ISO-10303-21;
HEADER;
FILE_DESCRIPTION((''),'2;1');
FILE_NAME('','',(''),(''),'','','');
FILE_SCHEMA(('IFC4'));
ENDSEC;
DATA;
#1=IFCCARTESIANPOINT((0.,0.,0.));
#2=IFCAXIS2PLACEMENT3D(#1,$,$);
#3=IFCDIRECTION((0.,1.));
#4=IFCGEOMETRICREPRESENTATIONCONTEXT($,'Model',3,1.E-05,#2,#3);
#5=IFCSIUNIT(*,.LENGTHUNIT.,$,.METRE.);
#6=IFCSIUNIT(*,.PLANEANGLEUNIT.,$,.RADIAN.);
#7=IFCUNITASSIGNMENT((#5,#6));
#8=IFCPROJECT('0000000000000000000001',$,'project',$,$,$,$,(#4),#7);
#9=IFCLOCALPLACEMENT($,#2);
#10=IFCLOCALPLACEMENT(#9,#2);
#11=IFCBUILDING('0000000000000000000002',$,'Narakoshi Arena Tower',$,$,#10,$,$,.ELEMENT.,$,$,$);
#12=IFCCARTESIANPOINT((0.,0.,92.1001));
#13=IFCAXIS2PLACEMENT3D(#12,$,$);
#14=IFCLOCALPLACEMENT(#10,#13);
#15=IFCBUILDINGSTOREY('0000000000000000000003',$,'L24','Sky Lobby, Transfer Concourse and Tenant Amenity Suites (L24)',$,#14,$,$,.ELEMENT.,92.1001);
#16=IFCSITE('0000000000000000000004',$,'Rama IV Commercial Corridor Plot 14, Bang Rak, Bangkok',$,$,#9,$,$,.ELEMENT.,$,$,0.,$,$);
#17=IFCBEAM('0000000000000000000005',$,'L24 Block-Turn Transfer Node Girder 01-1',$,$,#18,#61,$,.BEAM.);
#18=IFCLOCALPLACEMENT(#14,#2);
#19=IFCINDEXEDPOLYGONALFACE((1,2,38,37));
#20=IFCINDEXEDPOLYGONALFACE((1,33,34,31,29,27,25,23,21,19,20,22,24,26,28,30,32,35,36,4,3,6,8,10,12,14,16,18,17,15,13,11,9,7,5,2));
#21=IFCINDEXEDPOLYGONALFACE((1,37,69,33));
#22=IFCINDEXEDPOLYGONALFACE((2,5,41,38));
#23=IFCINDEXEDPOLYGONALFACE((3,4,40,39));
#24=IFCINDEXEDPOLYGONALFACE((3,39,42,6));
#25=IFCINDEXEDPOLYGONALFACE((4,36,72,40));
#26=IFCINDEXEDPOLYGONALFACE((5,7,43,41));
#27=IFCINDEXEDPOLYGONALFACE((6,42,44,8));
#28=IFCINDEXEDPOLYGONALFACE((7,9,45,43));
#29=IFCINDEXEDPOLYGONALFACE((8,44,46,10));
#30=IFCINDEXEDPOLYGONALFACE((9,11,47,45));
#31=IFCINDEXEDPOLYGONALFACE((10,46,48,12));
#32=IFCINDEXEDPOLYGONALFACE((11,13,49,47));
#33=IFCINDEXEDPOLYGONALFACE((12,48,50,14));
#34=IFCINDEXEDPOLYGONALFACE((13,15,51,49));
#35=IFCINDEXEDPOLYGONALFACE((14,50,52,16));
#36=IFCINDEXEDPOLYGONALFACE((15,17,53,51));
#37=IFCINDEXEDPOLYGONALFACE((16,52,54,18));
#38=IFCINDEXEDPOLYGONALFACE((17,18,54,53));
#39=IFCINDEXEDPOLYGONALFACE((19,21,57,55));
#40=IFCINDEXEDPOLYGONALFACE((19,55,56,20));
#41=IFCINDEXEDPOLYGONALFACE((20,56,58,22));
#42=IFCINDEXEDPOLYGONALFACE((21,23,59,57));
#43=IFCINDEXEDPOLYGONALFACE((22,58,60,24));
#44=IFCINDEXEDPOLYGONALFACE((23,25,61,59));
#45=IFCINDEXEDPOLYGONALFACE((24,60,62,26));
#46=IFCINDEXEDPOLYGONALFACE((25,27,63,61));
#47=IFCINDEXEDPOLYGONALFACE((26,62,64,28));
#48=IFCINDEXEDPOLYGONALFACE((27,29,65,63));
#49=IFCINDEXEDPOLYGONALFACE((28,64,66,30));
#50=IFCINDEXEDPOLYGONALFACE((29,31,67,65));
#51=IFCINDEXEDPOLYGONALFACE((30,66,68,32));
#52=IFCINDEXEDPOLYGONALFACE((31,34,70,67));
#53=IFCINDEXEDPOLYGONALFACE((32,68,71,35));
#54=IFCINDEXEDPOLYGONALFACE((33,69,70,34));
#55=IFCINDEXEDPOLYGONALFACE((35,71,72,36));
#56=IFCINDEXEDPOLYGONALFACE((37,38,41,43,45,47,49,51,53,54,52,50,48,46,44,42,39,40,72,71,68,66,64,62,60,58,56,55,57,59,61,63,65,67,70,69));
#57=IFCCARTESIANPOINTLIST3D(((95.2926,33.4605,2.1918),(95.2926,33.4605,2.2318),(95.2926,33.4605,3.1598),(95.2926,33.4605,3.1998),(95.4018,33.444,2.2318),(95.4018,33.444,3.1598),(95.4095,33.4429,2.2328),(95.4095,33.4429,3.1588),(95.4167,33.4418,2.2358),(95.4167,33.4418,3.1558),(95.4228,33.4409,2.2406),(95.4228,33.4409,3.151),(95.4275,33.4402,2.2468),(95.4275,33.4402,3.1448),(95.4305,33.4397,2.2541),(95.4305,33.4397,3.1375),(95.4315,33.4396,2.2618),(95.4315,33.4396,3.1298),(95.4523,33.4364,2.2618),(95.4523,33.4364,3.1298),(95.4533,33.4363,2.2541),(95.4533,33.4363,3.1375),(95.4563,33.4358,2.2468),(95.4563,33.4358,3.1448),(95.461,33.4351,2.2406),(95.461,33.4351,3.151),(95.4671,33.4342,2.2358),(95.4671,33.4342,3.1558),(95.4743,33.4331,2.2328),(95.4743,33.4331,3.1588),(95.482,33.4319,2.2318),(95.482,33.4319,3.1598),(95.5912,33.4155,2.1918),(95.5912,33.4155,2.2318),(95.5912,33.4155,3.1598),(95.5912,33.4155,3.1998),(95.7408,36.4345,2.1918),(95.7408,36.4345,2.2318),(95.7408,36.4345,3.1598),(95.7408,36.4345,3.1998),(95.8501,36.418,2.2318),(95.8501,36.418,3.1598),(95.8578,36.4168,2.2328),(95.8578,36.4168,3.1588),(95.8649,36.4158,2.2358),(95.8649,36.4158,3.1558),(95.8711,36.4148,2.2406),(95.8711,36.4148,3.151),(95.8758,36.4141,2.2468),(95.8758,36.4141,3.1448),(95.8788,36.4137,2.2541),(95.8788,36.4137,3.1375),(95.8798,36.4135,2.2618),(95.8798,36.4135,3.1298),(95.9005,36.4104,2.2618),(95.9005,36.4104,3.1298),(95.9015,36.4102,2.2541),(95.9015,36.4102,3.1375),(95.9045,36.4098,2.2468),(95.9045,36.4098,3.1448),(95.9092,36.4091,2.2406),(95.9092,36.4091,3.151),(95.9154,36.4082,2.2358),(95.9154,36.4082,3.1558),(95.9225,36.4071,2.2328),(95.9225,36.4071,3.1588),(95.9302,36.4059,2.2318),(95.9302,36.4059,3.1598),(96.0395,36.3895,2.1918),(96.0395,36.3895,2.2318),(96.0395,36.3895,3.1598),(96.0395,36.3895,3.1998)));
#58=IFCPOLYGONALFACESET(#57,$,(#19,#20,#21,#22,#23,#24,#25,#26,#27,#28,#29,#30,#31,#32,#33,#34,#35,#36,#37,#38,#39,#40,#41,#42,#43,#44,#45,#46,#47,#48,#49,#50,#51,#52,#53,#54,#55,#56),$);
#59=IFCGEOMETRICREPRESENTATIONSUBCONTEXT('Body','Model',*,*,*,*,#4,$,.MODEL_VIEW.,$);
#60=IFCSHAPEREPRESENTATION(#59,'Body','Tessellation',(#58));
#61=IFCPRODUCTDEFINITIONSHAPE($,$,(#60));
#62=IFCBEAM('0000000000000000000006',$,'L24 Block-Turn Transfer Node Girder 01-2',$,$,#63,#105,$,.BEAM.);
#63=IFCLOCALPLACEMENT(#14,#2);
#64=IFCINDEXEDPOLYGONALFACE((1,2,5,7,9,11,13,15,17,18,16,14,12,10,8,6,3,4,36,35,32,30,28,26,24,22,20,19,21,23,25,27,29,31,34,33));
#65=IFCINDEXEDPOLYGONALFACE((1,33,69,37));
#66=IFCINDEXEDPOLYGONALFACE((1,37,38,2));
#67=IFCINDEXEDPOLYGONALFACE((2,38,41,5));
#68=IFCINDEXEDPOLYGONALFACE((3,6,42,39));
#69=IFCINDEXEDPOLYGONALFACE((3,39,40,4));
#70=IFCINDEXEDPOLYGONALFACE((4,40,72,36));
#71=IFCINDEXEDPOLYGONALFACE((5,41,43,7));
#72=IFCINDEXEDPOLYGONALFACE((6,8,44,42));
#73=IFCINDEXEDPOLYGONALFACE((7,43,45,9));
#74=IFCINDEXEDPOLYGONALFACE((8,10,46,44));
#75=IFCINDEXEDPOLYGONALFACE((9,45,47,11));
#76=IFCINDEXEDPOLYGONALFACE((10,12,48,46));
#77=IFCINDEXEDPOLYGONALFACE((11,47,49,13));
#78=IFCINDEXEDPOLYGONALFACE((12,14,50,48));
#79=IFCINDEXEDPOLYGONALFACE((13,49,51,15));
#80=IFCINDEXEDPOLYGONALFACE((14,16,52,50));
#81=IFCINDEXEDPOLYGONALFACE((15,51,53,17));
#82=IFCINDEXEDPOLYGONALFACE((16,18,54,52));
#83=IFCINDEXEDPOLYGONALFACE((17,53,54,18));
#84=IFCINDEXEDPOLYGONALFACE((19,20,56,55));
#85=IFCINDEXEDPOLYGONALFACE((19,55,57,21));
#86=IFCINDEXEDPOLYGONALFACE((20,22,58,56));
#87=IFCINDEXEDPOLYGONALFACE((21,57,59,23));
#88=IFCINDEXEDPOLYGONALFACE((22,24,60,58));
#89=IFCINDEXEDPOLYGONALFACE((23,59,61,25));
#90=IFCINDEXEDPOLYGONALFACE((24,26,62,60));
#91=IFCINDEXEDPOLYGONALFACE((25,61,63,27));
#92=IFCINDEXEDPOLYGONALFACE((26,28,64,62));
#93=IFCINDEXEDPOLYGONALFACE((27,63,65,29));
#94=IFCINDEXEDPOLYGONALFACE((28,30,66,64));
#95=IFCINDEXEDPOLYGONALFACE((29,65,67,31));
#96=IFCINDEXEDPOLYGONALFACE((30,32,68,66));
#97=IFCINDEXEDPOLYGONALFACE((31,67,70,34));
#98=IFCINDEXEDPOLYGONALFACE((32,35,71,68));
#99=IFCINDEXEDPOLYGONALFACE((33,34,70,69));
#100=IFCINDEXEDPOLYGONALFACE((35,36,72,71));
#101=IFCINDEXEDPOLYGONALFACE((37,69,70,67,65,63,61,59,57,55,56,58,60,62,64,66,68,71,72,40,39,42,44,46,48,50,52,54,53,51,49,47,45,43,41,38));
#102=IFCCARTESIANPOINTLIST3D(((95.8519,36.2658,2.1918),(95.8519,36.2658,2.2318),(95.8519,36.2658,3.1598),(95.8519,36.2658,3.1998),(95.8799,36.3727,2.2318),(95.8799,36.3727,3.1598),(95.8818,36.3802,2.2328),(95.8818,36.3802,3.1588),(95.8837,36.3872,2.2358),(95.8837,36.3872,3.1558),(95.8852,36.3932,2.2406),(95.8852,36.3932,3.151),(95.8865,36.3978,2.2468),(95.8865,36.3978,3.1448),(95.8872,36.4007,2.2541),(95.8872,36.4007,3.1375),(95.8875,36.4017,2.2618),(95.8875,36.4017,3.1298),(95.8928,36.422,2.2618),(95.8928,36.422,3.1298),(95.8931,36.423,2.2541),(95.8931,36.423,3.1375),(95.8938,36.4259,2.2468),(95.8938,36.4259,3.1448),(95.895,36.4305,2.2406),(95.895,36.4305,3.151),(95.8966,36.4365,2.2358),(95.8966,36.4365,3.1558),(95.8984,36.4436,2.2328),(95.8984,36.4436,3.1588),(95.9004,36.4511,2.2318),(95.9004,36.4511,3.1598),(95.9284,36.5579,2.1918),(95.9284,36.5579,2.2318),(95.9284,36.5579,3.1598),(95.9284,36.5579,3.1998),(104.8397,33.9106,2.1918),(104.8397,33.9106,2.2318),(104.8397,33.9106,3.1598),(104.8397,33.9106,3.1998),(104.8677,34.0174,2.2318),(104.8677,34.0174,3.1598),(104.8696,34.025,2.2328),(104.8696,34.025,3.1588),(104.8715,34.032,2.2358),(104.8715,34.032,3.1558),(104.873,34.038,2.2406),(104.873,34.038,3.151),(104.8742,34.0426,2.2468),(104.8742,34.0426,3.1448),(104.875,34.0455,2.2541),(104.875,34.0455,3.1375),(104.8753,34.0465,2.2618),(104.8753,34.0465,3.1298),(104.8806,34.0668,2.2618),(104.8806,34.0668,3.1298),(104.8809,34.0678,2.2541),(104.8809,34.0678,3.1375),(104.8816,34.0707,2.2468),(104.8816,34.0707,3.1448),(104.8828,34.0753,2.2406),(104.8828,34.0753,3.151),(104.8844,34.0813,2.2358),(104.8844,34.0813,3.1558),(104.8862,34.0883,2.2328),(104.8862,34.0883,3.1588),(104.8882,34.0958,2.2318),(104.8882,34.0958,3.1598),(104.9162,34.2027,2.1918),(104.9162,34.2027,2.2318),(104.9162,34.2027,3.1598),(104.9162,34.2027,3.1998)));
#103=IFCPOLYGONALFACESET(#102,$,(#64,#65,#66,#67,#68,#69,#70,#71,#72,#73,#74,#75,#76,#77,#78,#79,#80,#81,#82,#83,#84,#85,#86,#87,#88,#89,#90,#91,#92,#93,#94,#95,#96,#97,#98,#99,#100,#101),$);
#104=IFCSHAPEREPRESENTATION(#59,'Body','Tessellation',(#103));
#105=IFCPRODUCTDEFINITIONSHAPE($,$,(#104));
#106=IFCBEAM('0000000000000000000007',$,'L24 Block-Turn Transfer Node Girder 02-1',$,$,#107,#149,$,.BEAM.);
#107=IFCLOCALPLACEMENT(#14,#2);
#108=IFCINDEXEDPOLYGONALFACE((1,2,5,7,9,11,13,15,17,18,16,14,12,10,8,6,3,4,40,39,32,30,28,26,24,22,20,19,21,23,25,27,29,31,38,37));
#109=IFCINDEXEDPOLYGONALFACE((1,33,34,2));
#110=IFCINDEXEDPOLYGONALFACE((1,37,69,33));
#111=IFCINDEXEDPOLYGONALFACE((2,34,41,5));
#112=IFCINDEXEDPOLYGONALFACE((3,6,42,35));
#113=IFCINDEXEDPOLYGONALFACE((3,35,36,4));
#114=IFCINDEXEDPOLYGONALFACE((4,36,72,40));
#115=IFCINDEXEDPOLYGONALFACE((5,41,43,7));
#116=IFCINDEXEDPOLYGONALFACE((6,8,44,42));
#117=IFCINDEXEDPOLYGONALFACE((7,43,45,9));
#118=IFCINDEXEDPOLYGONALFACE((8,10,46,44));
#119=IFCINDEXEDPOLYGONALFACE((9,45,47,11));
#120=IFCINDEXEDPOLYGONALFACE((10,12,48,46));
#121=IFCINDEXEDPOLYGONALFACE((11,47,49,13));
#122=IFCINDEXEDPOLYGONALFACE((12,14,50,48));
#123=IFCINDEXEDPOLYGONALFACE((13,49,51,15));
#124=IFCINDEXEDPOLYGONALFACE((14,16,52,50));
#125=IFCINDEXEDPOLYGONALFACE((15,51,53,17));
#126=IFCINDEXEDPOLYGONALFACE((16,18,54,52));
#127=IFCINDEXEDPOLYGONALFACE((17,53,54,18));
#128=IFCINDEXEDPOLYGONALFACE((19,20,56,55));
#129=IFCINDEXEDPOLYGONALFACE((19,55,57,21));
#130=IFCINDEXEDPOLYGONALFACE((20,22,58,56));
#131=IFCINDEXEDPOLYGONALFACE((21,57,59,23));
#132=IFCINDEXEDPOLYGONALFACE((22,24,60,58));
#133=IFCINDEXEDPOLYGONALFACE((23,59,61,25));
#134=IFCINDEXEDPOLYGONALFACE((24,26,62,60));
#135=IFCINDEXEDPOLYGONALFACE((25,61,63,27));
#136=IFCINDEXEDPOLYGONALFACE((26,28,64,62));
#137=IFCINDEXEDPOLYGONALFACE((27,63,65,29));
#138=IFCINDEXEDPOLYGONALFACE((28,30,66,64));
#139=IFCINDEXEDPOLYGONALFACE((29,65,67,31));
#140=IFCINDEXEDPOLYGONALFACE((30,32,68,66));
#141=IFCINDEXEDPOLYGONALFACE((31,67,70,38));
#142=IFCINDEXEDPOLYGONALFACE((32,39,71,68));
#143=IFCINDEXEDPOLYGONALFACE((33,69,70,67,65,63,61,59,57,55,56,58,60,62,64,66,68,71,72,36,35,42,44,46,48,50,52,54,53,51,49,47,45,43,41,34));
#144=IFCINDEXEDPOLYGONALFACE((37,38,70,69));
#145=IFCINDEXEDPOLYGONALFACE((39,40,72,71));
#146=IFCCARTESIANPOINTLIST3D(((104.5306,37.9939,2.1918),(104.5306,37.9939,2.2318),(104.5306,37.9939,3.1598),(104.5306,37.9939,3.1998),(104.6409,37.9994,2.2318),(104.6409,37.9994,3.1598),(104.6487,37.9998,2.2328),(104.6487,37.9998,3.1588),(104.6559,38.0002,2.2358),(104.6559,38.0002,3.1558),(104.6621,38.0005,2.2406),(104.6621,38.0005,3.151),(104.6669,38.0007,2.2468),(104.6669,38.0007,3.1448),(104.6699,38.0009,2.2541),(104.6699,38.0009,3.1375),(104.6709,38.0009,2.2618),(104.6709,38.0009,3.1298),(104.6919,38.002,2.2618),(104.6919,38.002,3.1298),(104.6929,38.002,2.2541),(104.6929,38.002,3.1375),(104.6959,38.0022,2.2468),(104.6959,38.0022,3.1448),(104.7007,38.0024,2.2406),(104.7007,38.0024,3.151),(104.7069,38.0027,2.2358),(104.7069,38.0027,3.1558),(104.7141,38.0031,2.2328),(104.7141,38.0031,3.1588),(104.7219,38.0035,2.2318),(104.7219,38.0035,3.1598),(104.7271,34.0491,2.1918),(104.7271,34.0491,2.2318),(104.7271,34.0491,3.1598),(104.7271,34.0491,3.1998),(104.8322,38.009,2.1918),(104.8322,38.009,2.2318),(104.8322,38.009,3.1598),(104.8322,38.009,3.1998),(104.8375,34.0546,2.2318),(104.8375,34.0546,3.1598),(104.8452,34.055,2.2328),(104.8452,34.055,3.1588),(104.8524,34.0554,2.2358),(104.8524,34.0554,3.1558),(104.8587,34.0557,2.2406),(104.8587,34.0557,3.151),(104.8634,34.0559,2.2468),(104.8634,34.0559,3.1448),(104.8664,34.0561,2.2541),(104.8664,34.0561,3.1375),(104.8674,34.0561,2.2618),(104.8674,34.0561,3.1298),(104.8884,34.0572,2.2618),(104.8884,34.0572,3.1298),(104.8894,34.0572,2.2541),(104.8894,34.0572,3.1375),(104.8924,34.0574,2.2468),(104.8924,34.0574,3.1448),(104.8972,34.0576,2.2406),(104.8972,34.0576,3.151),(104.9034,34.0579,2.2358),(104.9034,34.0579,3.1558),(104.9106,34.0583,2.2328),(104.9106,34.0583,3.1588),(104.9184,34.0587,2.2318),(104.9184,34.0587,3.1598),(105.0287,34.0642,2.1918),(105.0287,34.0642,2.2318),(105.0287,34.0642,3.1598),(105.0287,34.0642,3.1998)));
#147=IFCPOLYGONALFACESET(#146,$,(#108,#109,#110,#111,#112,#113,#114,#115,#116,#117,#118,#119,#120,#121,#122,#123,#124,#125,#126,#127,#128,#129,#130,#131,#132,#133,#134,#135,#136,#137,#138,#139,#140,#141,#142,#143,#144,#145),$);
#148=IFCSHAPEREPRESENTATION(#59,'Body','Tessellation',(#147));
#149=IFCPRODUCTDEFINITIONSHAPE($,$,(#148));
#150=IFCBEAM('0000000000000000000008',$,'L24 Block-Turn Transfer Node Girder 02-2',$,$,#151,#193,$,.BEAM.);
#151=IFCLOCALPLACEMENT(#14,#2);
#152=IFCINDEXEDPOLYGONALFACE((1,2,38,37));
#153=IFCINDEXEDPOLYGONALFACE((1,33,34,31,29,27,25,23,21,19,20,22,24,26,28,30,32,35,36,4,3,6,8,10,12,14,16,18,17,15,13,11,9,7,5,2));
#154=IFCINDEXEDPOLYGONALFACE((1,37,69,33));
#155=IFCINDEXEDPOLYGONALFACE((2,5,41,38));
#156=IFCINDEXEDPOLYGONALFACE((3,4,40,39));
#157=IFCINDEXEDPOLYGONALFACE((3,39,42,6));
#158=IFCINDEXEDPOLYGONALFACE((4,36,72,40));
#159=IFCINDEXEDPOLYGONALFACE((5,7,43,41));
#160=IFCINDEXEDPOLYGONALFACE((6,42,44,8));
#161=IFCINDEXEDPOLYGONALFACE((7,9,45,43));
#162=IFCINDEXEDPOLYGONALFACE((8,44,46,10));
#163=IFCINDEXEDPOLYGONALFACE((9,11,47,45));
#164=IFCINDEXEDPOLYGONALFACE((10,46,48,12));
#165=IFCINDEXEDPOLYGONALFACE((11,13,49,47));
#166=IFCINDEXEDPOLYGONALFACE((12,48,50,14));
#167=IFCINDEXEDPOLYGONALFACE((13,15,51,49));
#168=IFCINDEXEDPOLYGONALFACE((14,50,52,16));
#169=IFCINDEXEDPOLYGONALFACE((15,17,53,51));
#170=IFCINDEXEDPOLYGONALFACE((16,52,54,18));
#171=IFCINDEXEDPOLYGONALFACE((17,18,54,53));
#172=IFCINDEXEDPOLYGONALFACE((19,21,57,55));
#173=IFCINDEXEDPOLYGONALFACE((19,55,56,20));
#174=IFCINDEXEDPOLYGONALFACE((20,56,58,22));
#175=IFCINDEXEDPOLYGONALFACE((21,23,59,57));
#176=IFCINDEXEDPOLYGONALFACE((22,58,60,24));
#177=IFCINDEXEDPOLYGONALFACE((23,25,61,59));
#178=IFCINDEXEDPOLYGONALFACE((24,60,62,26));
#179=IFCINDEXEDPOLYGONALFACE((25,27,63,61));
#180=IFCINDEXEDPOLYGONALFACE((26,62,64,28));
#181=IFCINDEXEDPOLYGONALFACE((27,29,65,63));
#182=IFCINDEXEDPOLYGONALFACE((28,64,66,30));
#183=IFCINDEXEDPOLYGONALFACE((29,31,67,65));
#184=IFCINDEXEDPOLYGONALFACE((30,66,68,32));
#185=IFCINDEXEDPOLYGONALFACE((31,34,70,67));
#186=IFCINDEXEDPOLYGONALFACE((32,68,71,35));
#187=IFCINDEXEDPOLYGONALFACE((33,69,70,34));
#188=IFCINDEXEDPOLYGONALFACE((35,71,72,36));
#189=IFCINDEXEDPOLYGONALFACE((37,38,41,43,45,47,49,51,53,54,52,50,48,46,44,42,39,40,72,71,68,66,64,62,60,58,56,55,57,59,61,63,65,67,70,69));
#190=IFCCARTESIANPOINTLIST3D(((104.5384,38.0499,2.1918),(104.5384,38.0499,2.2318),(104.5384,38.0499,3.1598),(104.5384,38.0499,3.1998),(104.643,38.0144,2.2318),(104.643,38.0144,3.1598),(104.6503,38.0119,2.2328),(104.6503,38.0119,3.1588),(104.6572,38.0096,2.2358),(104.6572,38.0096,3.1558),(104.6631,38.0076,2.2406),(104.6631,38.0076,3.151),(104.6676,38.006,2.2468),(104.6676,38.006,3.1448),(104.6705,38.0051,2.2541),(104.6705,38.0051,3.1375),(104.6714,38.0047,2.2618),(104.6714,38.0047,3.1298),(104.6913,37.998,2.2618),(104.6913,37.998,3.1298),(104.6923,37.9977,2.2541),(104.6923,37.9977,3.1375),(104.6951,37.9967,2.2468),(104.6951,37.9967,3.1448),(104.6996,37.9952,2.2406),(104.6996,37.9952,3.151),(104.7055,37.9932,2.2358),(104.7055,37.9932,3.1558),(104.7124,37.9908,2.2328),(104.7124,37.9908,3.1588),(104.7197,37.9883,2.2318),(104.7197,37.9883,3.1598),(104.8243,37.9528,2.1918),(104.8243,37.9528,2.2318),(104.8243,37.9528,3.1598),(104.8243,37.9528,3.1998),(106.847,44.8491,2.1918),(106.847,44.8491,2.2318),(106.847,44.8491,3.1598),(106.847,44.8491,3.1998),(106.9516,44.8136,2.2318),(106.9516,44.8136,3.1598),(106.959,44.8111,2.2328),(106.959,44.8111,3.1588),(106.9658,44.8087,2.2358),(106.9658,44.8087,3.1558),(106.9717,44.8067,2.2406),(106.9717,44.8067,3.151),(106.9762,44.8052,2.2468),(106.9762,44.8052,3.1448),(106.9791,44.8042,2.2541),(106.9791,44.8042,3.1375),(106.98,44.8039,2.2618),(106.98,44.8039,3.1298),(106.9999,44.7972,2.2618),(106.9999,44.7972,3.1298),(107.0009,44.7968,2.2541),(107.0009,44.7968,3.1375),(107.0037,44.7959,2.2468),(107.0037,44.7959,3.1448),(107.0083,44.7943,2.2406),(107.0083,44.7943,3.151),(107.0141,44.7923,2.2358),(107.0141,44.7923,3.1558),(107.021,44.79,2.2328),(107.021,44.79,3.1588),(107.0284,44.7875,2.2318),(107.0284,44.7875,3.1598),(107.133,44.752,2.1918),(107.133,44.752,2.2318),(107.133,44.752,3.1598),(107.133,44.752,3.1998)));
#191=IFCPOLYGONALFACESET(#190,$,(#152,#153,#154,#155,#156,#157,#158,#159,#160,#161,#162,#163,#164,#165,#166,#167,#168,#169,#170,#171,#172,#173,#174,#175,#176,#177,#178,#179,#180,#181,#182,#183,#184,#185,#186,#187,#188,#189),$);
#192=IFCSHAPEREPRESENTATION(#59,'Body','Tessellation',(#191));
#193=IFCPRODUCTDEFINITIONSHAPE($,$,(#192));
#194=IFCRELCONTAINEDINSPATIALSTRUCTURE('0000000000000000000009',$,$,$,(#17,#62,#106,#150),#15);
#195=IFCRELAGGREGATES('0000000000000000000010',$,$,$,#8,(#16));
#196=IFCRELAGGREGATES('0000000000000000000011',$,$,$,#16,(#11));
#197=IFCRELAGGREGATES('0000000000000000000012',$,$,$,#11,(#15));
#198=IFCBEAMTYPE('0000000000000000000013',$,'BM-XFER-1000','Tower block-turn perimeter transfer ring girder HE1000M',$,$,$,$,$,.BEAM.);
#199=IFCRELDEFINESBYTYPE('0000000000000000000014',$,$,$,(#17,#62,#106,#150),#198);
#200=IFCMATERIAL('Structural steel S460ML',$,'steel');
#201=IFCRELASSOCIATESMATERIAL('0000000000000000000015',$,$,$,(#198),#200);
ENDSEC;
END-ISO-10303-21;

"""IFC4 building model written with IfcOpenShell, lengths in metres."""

from ifc_helpers import new_model, si_unit, direction, frame, origin, origin_2d, place, context, subcontext, project, spatial, i_section, extrude, material, material_profile, profile_set, type_object, element, save


model = new_model("IFC4")

# Units and contexts
model_context = context("Model", 3, precision=1e-05, world=origin(), true_north=direction((0.0, 1.0)))
body_context = subcontext(model_context, "Body", "Model", "MODEL_VIEW")
ifc_project = project(units=[si_unit("LENGTHUNIT", "METRE"), si_unit("PLANEANGLEUNIT", "RADIAN")], contexts=[model_context])

# Site, building, storey
site_placement = place(None, origin())
site = spatial("IfcSite", under=ifc_project, at=site_placement, Name="Rama IV Commercial Corridor Plot 14, Bang Rak, Bangkok", CompositionType="ELEMENT", RefElevation=0.0)
building_placement = place(site_placement, origin())
building = spatial("IfcBuilding", under=site, at=building_placement, Name="Narakoshi Arena Tower", CompositionType="ELEMENT")
storey_placement = place(building_placement, frame((0.0, 0.0, 92.1001)))
storey = spatial("IfcBuildingStorey", under=building, at=storey_placement, Name="L24", Description="Sky Lobby, Transfer Concourse and Tenant Amenity Suites (L24)", CompositionType="ELEMENT", Elevation=92.1001)

# Shared definitions
ifc_material_1 = material(Name="Structural steel S460ML", Category="steel")

# Beams
ifc_material_profile_1 = material_profile(ifc_material_1, i_section(OverallWidth=0.302, OverallDepth=1.0081, WebThickness=0.021, FlangeThickness=0.04, FilletRadius=0.03, at=origin_2d()), Name="HE1000M")
ifc_profile_set_1 = profile_set([ifc_material_profile_1], Name="Structural steel S460ML")
beam_type = type_object("IfcBeamType", Name="BM-XFER-1000", Description="Tower block-turn perimeter transfer ring girder HE1000M", PredefinedType="BEAM", material=ifc_profile_set_1)
beam_1_placement = place(storey_placement, frame((95.4419, 33.438, 2.6958), z_axis=(0.149043, 0.988831, 0.0), x_axis=(-0.988831, 0.149043, 0.0)))
element("IfcBeam", 1, at=beam_1_placement, inside=storey, type_object=beam_type, Name="L24 Block-Turn Transfer Node Girder 01-1", PredefinedType="BEAM", context=body_context, shape_type="SweptSolid", body=[
    extrude(i_section(OverallWidth=0.302, OverallDepth=1.0081, WebThickness=0.021, FlangeThickness=0.04, FilletRadius=0.03, at=origin_2d()), origin(), (0.0, 0.0, 1.0), 3.0076),
])
beam_2_placement = place(storey_placement, frame((104.8779, 34.0566, 2.6958), z_axis=(-0.967338, 0.253488, 0.0), x_axis=(-0.253488, -0.967338, 0.0)))
element("IfcBeam", 2, at=beam_2_placement, inside=storey, type_object=beam_type, Name="L24 Block-Turn Transfer Node Girder 01-2", PredefinedType="BEAM", context=body_context, shape_type="SweptSolid", body=[
    extrude(i_section(OverallWidth=0.302, OverallDepth=1.0081, WebThickness=0.021, FlangeThickness=0.04, FilletRadius=0.03, at=origin_2d()), origin(), (0.0, 0.0, 1.0), 9.2913),
])
beam_3_placement = place(storey_placement, frame((104.8779, 34.0566, 2.6958), z_axis=(-0.049759, 0.998761, 0.0), x_axis=(-0.998761, -0.049759, 0.0)))
element("IfcBeam", 3, at=beam_3_placement, inside=storey, type_object=beam_type, Name="L24 Block-Turn Transfer Node Girder 02-1", PredefinedType="BEAM", context=body_context, shape_type="SweptSolid", body=[
    extrude(i_section(OverallWidth=0.302, OverallDepth=1.0081, WebThickness=0.021, FlangeThickness=0.04, FilletRadius=0.03, at=origin_2d()), origin(), (0.0, 0.0, 1.0), 3.9497),
])
beam_4_placement = place(storey_placement, frame((106.99, 44.8005, 2.6958), z_axis=(-0.321517, -0.946904, 0.0), x_axis=(0.946904, -0.321517, 0.0)))
element("IfcBeam", 4, at=beam_4_placement, inside=storey, type_object=beam_type, Name="L24 Block-Turn Transfer Node Girder 02-2", PredefinedType="BEAM", context=body_context, shape_type="SweptSolid", body=[
    extrude(i_section(OverallWidth=0.302, OverallDepth=1.0081, WebThickness=0.021, FlangeThickness=0.04, FilletRadius=0.03, at=origin_2d()), origin(), (0.0, 0.0, 1.0), 7.1804),
])

save(model, "model.ifc")
